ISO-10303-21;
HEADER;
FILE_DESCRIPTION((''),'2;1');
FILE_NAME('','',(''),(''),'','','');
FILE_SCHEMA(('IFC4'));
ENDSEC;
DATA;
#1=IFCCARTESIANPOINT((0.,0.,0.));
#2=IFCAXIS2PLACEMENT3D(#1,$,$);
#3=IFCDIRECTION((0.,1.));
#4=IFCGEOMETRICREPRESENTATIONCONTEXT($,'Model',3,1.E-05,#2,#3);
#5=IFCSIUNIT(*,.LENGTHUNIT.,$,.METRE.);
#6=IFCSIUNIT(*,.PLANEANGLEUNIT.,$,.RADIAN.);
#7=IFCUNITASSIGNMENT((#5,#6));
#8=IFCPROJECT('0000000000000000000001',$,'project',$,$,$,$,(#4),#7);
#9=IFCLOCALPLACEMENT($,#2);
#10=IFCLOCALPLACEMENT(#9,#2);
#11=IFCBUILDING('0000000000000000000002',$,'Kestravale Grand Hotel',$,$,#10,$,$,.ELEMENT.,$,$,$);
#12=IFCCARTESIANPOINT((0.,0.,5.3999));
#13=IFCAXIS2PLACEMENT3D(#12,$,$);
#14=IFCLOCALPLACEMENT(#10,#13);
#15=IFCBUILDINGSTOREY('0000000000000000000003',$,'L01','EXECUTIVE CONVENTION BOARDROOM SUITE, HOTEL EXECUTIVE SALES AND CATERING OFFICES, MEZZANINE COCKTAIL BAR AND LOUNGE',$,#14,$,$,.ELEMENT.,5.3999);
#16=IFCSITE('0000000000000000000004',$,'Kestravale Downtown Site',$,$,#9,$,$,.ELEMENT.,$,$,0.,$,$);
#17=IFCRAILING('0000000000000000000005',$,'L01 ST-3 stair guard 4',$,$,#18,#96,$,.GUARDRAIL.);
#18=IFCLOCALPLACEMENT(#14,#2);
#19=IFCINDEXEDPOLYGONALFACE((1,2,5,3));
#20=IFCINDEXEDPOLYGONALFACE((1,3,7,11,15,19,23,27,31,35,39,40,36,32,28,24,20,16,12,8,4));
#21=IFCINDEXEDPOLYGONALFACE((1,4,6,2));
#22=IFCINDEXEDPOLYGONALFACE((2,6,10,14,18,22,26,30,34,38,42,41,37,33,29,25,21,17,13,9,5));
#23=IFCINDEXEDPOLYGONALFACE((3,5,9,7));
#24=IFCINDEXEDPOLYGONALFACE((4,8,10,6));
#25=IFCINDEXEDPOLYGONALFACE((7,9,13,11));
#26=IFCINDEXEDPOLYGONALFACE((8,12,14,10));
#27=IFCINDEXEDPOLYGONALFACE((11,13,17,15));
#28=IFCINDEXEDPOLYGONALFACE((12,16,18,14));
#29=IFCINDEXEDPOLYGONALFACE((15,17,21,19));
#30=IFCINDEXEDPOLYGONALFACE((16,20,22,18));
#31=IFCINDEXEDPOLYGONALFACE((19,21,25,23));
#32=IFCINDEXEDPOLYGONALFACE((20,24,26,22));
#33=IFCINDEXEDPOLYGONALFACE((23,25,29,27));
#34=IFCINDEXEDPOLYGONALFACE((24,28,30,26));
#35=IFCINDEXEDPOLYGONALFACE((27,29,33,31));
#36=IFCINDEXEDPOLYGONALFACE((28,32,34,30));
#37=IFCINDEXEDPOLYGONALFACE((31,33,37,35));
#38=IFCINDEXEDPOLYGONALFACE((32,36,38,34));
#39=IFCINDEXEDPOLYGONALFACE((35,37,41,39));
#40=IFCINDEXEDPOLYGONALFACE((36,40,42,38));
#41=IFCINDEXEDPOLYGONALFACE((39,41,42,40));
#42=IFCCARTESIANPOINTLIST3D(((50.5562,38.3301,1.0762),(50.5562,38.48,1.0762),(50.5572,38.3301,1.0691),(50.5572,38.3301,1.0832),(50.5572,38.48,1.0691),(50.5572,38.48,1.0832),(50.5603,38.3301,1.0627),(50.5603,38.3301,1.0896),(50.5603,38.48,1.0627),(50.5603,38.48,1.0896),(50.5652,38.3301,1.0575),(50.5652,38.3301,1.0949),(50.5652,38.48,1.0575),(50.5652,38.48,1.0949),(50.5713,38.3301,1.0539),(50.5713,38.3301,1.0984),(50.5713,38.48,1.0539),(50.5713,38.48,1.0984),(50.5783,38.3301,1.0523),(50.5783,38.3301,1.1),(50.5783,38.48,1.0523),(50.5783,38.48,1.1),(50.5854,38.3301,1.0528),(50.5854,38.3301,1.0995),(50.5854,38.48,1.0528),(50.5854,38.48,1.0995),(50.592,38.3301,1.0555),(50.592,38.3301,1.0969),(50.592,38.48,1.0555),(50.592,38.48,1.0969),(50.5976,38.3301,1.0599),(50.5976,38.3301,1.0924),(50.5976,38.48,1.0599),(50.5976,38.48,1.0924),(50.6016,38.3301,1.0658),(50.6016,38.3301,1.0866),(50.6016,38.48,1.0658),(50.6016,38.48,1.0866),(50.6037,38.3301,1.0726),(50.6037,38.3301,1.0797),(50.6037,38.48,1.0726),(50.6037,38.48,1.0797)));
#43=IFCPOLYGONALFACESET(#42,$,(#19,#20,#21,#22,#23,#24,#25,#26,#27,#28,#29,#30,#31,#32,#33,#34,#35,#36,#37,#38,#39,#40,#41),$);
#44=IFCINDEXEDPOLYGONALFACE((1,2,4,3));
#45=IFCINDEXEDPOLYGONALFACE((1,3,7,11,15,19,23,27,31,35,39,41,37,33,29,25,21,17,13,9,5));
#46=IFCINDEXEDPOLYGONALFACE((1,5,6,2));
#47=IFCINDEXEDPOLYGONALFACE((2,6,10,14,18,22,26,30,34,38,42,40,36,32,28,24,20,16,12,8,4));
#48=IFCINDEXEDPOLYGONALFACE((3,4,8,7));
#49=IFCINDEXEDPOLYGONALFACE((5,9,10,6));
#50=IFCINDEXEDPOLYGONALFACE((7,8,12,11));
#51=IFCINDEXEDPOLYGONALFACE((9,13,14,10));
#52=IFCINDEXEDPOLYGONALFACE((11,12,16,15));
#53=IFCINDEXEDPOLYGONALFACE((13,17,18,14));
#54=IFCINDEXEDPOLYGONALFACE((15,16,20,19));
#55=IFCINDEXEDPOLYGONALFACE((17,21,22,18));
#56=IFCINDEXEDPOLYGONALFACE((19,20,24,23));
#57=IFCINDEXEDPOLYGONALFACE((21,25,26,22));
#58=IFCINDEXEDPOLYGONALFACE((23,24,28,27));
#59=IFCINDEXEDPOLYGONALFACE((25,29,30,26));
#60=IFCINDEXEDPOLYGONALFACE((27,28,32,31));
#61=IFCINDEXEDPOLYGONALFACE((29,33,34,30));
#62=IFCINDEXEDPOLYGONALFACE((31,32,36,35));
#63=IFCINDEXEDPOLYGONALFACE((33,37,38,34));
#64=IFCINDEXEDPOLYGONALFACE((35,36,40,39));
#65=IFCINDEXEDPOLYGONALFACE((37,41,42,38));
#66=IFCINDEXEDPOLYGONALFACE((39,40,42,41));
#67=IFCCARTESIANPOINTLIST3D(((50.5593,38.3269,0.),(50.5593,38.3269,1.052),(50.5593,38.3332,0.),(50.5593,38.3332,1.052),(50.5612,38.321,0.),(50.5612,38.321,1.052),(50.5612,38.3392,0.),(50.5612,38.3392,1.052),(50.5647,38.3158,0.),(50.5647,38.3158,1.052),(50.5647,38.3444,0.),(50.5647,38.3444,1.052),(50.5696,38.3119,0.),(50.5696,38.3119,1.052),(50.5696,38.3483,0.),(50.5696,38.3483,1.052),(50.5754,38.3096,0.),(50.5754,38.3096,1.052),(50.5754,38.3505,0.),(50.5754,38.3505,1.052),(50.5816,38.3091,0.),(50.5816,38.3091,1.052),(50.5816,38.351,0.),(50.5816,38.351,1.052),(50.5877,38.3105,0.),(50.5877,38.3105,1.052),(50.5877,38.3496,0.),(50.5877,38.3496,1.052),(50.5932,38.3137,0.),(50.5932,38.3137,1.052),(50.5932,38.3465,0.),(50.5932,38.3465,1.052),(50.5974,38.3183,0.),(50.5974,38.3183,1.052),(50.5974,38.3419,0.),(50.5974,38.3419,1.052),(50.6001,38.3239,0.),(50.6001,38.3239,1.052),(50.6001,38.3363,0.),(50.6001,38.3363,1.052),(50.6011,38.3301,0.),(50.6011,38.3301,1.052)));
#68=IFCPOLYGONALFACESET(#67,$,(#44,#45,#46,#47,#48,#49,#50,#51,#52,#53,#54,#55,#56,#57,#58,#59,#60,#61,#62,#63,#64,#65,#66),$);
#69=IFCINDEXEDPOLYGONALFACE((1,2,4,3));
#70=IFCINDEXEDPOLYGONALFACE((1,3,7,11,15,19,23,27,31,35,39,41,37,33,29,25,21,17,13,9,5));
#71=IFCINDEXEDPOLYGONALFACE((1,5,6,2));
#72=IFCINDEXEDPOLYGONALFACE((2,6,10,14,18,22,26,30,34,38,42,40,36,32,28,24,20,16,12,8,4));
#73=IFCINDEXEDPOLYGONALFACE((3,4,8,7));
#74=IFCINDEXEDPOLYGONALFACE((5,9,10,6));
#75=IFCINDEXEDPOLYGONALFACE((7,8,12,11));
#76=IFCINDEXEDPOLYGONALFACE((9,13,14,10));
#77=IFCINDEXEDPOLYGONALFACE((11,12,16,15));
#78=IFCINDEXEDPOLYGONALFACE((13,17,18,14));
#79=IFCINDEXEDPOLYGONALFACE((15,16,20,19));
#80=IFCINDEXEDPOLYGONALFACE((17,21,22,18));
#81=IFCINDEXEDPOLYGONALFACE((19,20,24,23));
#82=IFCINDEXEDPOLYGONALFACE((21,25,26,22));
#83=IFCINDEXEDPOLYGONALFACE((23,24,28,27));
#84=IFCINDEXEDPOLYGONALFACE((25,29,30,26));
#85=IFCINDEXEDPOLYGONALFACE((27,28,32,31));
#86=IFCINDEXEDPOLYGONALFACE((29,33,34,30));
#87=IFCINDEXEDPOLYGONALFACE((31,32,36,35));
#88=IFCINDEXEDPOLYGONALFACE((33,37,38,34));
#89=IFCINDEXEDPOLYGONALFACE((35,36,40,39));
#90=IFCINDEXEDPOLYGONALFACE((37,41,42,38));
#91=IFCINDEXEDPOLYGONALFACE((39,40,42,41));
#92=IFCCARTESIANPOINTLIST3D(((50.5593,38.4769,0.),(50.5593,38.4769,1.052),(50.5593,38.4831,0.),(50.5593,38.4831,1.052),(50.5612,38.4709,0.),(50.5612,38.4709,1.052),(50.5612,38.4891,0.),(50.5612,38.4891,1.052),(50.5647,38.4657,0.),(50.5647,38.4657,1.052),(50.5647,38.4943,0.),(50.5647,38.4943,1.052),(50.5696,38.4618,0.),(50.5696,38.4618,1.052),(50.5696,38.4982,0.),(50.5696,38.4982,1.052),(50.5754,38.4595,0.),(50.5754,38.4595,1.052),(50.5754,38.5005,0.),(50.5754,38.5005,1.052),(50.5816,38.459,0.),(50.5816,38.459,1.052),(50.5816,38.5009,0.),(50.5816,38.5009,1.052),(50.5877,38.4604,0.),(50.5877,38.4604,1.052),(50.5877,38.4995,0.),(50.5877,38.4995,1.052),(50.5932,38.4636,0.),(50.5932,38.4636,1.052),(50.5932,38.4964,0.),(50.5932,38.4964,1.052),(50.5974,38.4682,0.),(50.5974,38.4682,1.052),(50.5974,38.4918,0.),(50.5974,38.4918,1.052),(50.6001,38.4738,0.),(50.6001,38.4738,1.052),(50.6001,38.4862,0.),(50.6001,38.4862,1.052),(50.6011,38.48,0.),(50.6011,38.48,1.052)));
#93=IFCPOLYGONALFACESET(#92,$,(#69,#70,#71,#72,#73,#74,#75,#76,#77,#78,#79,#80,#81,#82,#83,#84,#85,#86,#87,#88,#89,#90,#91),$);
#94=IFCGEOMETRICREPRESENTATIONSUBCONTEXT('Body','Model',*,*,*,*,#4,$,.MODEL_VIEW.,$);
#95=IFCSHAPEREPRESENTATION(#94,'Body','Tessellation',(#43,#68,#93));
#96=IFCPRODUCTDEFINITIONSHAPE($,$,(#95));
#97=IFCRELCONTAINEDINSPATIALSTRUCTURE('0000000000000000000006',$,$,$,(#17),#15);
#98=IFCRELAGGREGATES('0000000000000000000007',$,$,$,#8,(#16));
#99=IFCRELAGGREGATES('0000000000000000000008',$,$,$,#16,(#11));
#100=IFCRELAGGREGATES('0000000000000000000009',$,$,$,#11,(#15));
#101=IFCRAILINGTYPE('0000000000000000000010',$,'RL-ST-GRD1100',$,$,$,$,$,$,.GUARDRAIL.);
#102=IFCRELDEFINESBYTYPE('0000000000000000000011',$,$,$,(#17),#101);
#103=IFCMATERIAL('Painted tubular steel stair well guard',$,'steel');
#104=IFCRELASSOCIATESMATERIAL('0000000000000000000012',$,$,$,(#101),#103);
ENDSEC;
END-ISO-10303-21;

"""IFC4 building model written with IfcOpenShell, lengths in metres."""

from ifc_helpers import new_model, si_unit, direction, frame, origin, origin_2d, place, context, subcontext, project, spatial, circle, extrude, material, type_object, element, save


model = new_model("IFC4")

# Units and contexts
model_context = context("Model", 3, precision=1e-05, world=origin(), true_north=direction((0.0, 1.0)))
body_context = subcontext(model_context, "Body", "Model", "MODEL_VIEW")
ifc_project = project(units=[si_unit("LENGTHUNIT", "METRE"), si_unit("PLANEANGLEUNIT", "RADIAN")], contexts=[model_context])

# Site, building, storey
site_placement = place(None, origin())
site = spatial("IfcSite", under=ifc_project, at=site_placement, Name="Kestravale Downtown Site", CompositionType="ELEMENT", RefElevation=0.0)
building_placement = place(site_placement, origin())
building = spatial("IfcBuilding", under=site, at=building_placement, Name="Kestravale Grand Hotel", CompositionType="ELEMENT")
storey_placement = place(building_placement, frame((0.0, 0.0, 5.3999)))
storey = spatial("IfcBuildingStorey", under=building, at=storey_placement, Name="L01", Description="EXECUTIVE CONVENTION BOARDROOM SUITE, HOTEL EXECUTIVE SALES AND CATERING OFFICES, MEZZANINE COCKTAIL BAR AND LOUNGE", CompositionType="ELEMENT", Elevation=5.3999)

# Railing
ifc_material_1 = material(Name="Painted tubular steel stair well guard", Category="steel")
railing_type_1 = type_object("IfcRailingType", Name="RL-ST-GRD1100", PredefinedType="GUARDRAIL", material=ifc_material_1)
railing_1_placement = place(storey_placement, frame((50.5801, 38.3301, 0.0)))
element("IfcRailing", 1, at=railing_1_placement, inside=storey, type_object=railing_type_1, Name="L01 ST-3 stair guard 4", PredefinedType="GUARDRAIL", context=body_context, shape_type="SweptSolid", body=[
    extrude(circle(Radius=0.0239, at=origin_2d()), frame((0.0, 0.0, 1.0762), z_axis=(0.0, 1.0, 0.0), x_axis=(-1.0, 0.0, 0.0)), (0.0, 0.0, 1.0), 0.1499),
    extrude(circle(Radius=0.021, at=origin_2d()), origin(), (0.0, 0.0, 1.0), 1.052),
    extrude(circle(Radius=0.021, at=origin_2d()), frame((0.0, 0.1499, 0.0)), (0.0, 0.0, 1.0), 1.052),
])

save(model, "model.ifc")
